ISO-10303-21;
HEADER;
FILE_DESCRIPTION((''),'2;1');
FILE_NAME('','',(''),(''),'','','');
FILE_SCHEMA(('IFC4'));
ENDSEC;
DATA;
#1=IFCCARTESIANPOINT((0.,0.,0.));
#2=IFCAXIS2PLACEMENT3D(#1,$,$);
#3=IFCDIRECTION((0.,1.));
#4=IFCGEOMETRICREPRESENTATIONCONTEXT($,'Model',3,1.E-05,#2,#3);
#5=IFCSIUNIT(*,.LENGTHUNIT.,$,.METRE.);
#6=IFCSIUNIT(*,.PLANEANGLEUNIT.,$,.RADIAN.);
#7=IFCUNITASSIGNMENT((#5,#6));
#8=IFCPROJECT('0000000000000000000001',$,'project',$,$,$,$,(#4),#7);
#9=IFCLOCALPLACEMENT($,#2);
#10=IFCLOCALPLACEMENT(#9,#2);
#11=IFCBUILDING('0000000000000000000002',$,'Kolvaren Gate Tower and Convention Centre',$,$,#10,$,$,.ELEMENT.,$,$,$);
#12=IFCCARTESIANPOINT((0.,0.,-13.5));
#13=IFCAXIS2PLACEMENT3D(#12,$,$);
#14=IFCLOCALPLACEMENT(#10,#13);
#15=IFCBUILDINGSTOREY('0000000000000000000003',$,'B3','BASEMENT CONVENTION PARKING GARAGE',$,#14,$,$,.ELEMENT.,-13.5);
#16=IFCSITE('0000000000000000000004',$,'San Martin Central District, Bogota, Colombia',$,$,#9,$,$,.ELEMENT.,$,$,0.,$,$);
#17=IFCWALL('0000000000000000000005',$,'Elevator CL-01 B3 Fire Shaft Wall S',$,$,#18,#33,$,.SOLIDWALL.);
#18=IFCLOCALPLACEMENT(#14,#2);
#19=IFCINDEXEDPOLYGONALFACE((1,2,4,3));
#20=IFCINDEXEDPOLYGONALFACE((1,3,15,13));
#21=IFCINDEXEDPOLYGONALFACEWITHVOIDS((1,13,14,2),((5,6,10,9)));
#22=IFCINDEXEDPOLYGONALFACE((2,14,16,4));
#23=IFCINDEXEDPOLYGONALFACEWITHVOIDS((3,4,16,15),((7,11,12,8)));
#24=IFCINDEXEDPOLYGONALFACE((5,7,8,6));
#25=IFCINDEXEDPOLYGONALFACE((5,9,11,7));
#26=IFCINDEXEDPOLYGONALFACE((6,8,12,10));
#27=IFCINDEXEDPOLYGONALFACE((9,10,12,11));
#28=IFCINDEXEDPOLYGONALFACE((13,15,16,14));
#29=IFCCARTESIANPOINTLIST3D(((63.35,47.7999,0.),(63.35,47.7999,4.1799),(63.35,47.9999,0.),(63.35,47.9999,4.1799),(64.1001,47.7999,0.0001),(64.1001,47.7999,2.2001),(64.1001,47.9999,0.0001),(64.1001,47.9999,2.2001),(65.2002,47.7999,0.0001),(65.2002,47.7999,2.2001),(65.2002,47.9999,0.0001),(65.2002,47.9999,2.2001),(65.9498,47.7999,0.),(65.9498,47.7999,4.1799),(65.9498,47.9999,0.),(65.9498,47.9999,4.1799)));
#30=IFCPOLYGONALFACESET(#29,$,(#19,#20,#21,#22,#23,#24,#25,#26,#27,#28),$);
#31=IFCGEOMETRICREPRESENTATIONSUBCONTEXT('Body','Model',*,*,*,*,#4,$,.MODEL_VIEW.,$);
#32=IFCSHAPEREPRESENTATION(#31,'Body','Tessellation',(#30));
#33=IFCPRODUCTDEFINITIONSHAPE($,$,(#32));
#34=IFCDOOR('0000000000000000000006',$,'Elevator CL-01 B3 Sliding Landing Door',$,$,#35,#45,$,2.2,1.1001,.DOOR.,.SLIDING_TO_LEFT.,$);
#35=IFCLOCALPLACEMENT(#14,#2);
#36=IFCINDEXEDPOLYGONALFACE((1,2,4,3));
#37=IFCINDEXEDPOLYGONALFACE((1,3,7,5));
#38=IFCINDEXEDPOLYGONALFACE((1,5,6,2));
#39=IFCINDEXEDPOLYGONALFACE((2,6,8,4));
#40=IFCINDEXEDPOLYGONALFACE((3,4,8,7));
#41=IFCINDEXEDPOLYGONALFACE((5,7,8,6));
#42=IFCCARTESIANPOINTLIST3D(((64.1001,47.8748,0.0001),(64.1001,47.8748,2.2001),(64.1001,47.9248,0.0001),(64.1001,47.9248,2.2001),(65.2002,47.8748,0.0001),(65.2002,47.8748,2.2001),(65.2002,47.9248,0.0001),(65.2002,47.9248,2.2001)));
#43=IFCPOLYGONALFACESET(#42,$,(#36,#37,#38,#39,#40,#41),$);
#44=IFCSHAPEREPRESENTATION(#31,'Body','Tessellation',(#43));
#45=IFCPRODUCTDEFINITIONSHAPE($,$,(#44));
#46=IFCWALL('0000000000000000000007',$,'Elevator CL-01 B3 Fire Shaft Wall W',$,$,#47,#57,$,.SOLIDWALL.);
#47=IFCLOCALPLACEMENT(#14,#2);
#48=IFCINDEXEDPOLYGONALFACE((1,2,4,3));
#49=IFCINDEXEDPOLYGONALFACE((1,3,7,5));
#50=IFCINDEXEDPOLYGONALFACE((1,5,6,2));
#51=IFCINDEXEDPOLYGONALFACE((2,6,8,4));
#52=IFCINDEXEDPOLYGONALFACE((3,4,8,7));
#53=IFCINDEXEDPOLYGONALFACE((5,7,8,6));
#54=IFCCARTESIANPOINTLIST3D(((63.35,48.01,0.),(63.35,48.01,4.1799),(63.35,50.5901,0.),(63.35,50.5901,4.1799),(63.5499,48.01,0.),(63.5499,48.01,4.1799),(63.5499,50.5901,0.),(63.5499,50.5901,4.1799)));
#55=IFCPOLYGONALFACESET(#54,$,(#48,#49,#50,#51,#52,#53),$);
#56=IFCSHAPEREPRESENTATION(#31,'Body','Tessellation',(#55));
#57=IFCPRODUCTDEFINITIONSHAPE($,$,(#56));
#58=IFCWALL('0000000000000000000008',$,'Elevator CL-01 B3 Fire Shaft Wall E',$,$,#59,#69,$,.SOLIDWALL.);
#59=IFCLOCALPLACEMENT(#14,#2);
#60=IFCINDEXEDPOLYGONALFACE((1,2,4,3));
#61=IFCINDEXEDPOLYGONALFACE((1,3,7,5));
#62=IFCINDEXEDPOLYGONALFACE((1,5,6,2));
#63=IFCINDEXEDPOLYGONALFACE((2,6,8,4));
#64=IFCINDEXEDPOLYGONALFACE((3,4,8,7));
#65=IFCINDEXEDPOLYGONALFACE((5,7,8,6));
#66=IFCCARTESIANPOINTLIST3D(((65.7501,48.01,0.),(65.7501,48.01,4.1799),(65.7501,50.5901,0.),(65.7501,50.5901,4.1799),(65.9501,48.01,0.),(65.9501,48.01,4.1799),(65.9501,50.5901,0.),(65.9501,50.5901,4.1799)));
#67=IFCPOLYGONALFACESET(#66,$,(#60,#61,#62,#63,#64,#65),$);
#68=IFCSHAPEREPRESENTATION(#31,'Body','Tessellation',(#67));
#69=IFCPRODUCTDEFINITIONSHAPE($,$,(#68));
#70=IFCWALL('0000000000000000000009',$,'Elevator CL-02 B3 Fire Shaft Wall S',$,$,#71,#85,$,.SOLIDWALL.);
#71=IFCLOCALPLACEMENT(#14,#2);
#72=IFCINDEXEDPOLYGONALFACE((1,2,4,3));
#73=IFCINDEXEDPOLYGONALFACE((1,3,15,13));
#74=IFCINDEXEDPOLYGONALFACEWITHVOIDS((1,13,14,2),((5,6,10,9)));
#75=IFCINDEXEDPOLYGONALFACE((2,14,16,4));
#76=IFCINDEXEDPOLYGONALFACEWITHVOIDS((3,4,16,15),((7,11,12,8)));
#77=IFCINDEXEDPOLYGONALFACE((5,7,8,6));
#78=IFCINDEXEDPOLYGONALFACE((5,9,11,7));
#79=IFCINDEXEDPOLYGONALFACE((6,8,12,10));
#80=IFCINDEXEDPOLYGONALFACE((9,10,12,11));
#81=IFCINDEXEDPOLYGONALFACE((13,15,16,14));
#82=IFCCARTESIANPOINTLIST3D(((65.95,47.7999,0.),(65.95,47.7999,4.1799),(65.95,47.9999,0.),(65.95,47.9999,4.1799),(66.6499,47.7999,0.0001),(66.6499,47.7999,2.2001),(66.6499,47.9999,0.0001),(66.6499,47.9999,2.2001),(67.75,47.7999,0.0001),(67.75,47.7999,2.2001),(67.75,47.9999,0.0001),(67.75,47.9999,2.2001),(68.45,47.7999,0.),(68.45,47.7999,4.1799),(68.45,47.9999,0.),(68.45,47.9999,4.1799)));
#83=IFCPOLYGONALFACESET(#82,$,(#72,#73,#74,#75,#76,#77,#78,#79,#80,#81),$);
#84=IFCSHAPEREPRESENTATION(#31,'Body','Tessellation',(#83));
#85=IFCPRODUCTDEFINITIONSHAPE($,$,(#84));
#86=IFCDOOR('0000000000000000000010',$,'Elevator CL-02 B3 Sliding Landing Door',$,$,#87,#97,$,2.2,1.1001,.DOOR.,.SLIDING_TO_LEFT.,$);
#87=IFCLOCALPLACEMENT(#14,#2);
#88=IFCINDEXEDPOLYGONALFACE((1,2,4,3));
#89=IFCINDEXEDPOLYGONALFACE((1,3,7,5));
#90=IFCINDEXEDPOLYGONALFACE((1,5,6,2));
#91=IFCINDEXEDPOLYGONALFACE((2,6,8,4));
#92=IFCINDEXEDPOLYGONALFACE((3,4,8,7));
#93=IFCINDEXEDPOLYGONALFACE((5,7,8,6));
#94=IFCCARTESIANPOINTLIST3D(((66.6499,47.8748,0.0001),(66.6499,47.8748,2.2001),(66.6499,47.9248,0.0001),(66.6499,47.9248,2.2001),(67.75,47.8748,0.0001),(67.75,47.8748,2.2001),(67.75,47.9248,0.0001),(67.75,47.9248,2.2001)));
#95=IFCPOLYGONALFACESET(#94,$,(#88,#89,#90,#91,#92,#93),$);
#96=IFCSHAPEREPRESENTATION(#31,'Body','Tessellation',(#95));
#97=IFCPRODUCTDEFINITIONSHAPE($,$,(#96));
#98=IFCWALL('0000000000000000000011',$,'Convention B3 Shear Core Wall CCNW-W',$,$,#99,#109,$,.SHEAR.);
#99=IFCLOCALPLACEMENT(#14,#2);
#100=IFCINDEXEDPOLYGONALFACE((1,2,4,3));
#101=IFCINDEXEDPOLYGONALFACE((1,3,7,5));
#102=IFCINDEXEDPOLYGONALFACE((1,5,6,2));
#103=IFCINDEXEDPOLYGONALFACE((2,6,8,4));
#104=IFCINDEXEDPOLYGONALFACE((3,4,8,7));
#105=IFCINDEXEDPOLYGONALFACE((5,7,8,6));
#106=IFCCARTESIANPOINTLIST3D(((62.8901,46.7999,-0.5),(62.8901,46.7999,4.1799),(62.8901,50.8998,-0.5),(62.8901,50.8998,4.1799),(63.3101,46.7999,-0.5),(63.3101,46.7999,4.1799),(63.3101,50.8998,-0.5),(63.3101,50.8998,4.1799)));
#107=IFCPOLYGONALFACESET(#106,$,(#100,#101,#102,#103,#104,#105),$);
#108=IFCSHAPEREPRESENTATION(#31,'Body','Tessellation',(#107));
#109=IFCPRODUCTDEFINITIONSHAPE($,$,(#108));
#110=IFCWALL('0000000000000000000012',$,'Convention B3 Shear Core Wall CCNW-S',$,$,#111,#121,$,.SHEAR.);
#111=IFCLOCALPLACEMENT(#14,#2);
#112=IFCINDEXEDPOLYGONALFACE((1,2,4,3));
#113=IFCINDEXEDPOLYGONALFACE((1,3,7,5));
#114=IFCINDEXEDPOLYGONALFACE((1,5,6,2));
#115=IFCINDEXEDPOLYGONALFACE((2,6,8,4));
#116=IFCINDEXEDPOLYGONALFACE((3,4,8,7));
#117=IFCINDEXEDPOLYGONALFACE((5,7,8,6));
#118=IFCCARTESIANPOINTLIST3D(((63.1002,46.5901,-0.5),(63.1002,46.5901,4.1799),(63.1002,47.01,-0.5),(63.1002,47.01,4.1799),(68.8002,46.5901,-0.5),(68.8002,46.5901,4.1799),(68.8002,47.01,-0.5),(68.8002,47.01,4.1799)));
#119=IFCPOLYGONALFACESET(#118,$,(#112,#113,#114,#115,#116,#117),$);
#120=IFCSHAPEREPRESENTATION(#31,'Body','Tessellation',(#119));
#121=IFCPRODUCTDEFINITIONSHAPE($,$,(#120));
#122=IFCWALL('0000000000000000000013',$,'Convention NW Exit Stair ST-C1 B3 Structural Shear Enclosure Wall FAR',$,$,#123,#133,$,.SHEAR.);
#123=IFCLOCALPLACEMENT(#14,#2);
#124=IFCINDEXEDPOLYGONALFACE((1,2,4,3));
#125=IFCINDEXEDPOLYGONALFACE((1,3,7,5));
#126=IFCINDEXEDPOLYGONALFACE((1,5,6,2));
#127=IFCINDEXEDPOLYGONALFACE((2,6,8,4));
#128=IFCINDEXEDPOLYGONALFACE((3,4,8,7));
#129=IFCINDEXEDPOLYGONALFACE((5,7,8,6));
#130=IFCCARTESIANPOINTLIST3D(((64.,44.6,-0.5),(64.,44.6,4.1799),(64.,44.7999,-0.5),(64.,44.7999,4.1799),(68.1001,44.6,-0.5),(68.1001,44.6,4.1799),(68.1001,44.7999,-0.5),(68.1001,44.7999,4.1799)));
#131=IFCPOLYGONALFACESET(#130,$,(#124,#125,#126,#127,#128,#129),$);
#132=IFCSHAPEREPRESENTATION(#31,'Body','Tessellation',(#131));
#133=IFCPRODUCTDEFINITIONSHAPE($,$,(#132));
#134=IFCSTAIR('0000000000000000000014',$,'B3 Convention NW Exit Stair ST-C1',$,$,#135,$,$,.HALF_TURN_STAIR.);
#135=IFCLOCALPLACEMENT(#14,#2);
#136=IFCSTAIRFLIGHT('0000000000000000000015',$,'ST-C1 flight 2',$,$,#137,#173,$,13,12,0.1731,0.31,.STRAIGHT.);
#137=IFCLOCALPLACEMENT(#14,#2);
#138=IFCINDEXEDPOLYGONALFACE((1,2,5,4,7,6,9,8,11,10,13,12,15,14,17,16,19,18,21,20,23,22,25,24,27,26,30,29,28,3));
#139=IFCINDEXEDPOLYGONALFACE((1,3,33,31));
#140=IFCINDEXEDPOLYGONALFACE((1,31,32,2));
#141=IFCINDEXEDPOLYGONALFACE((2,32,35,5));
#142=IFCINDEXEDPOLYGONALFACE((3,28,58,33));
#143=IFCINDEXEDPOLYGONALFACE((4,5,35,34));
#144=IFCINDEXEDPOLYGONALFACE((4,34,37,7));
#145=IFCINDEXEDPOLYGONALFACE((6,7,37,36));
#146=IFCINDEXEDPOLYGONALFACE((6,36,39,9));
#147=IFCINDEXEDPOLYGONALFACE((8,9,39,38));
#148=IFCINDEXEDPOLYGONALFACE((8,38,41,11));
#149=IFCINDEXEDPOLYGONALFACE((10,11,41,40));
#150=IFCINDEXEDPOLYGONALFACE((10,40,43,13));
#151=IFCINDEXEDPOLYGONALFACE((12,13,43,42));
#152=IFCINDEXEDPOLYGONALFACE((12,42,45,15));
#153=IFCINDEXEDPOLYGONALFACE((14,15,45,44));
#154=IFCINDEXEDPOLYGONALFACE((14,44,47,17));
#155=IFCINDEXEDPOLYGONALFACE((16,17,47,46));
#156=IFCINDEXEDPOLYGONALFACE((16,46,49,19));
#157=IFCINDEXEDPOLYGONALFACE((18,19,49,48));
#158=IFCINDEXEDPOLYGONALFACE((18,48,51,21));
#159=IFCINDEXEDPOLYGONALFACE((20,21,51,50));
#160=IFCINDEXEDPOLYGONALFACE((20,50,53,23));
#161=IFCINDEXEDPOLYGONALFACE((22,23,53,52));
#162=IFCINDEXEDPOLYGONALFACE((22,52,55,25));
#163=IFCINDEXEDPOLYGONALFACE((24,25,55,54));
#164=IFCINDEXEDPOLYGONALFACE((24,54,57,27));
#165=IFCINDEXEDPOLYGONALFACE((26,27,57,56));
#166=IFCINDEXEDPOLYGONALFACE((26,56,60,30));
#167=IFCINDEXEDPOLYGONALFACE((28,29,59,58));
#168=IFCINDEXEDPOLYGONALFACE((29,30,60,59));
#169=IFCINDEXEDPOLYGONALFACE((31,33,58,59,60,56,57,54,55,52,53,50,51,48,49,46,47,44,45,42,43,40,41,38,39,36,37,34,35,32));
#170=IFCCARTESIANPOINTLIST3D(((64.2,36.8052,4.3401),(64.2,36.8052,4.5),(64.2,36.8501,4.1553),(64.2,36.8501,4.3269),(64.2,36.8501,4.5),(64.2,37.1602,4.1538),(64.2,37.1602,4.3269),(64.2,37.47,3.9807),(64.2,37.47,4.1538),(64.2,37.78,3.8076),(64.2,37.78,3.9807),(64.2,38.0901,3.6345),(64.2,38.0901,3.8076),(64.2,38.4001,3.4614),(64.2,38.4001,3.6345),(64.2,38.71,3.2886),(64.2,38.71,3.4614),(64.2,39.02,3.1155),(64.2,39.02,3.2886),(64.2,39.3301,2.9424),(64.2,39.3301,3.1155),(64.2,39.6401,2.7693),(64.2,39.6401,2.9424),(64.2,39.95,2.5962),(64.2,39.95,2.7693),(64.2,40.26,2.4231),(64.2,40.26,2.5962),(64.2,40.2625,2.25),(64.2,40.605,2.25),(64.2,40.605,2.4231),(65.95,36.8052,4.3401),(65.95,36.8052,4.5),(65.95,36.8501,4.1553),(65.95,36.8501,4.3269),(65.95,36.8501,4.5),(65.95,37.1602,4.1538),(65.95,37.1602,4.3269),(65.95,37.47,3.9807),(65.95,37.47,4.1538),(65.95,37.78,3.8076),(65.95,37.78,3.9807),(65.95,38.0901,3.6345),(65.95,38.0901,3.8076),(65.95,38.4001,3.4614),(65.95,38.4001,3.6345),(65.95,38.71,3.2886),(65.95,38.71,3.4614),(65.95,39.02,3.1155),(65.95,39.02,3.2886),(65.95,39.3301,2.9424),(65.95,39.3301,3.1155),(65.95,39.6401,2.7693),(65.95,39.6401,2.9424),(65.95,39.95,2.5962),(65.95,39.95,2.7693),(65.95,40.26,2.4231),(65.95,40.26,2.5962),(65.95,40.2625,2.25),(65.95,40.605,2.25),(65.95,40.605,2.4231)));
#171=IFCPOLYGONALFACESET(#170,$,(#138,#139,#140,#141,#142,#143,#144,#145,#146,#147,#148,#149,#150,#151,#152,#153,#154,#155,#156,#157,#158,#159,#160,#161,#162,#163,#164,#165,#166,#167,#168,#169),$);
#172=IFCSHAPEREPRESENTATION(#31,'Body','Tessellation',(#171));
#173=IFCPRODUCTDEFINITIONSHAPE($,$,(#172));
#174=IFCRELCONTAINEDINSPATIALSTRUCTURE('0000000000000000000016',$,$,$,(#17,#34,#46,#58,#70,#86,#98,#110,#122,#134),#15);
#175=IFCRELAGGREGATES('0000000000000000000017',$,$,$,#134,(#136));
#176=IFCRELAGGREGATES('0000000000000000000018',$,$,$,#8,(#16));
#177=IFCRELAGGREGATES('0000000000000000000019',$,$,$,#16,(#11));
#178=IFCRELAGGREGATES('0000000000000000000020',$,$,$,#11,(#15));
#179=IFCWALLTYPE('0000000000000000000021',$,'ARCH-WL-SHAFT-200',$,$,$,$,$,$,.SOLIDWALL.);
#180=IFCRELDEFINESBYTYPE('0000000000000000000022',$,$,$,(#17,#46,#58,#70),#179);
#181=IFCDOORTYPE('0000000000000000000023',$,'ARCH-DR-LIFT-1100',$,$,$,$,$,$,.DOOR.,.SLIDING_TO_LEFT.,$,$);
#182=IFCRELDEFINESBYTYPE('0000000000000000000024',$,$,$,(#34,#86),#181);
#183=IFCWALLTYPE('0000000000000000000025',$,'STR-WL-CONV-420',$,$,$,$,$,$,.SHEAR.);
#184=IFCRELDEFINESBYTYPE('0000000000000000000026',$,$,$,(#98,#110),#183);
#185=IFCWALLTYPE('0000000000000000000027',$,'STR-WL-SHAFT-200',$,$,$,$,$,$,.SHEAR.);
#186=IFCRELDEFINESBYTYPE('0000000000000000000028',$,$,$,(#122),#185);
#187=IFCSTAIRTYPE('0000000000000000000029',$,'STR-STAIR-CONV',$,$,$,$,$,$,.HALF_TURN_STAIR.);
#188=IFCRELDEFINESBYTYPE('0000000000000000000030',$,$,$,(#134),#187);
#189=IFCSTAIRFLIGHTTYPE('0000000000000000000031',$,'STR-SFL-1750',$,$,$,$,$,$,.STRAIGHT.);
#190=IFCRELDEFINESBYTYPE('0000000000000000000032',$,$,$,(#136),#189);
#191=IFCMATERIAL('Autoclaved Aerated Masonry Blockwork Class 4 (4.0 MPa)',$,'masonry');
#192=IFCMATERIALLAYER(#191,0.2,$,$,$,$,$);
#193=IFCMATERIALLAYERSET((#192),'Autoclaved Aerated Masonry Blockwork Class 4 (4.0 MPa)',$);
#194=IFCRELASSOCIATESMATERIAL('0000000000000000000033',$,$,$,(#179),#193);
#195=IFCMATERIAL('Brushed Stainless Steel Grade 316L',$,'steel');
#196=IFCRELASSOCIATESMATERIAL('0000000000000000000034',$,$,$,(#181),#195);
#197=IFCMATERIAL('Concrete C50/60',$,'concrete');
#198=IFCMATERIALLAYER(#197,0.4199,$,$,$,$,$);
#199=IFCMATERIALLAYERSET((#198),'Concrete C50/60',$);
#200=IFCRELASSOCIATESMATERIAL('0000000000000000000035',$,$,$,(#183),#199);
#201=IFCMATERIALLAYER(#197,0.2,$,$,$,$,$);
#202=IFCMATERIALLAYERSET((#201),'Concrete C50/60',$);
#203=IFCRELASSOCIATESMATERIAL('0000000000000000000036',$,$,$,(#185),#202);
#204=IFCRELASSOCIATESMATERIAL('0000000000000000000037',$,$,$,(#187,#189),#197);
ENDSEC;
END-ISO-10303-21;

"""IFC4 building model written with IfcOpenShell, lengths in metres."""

from ifc_helpers import new_model, si_unit, direction, frame, frame_2d, origin, place, context, subcontext, project, spatial, polyline, rectangle, outline, extrude, material, layer, layer_set, type_object, element, fill, aggregate, save


model = new_model("IFC4")

# Units and contexts
model_context = context("Model", 3, precision=1e-05, world=origin(), true_north=direction((0.0, 1.0)))
body_context = subcontext(model_context, "Body", "Model", "MODEL_VIEW")
ifc_project = project(units=[si_unit("LENGTHUNIT", "METRE"), si_unit("PLANEANGLEUNIT", "RADIAN")], contexts=[model_context])

# Site, building, storey
site_placement = place(None, origin())
site = spatial("IfcSite", under=ifc_project, at=site_placement, Name="San Martin Central District, Bogota, Colombia", CompositionType="ELEMENT", RefElevation=0.0)
building_placement = place(site_placement, origin())
building = spatial("IfcBuilding", under=site, at=building_placement, Name="Kolvaren Gate Tower and Convention Centre", CompositionType="ELEMENT")
storey_placement = place(building_placement, frame((0.0, 0.0, -13.5)))
storey = spatial("IfcBuildingStorey", under=building, at=storey_placement, Name="B3", Description="BASEMENT CONVENTION PARKING GARAGE", CompositionType="ELEMENT", Elevation=-13.5)

# Shared definitions
ifc_material_1 = material(Name="Concrete C50/60", Category="concrete")

# Shared definitions
ifc_material_2 = material(Name="Autoclaved Aerated Masonry Blockwork Class 4 (4.0 MPa)", Category="masonry")
ifc_layer_1 = layer(ifc_material_2, 0.2)
ifc_layer_set_1 = layer_set([ifc_layer_1], Name="Autoclaved Aerated Masonry Blockwork Class 4 (4.0 MPa)")
wall_type_1 = type_object("IfcWallType", Name="ARCH-WL-SHAFT-200", PredefinedType="SOLIDWALL", material=ifc_layer_set_1)

# Wall, opening, door
wall_1_placement = place(storey_placement, frame((63.3501, 47.8999, 0.0), z_axis=(0.0, 0.0, 1.0), x_axis=(1.0, 0.0, 0.0)))
wall_1 = element("IfcWall", 1, at=wall_1_placement, inside=storey, type_object=wall_type_1, Name="Elevator CL-01 B3 Fire Shaft Wall S", PredefinedType="SOLIDWALL", context=body_context, shape_type="SweptSolid", body=[
    extrude(rectangle(XDim=2.5999, YDim=0.2, at=frame_2d((1.2998, 0.0))), origin(), (0.0, 0.0, 1.0), 4.1799),
])
opening_1_placement = place(wall_1_placement, frame((0.75, 0.0, 0.0)))
opening_1 = element("IfcOpeningElement", 2, at=opening_1_placement, cuts=wall_1, PredefinedType="OPENING", context=body_context, shape_type="SweptSolid", body=[
    extrude(rectangle(XDim=1.1001, YDim=2.2, at=frame_2d((0.55, 1.1001))), frame((0.0, 0.1099, 0.0), z_axis=(0.0, -1.0, 0.0), x_axis=(1.0, 0.0, 0.0)), (0.0, 0.0, 1.0), 0.22),
])
ifc_material_3 = material(Name="Brushed Stainless Steel Grade 316L", Category="steel")
door_type = type_object("IfcDoorType", Name="ARCH-DR-LIFT-1100", OperationType="SLIDING_TO_LEFT", PredefinedType="DOOR", material=ifc_material_3)
door_1_placement = place(opening_1_placement, origin())
door_1 = element("IfcDoor", 3, at=door_1_placement, inside=storey, type_object=door_type, Name="Elevator CL-01 B3 Sliding Landing Door", OperationType="SLIDING_TO_LEFT", OverallHeight=2.2, OverallWidth=1.1001, PredefinedType="DOOR", context=body_context, shape_type="SweptSolid", body=[
    extrude(rectangle(XDim=1.1001, YDim=2.2, at=frame_2d((0.55, 1.1001))), frame((0.0, 0.0249, 0.0), z_axis=(0.0, -1.0, 0.0), x_axis=(1.0, 0.0, 0.0)), (0.0, 0.0, 1.0), 0.05),
])
fill(opening_1, door_1)

# Walls
for number, where, z_axis, x_axis, name in (
    (4, (63.45, 48.01, 0.0), (0.0, 0.0, 1.0), (0.0, 1.0, 0.0), "Elevator CL-01 B3 Fire Shaft Wall W"),
    (5, (65.8501, 48.01, 0.0), (0.0, 0.0, 1.0), (0.0, 1.0, 0.0), "Elevator CL-01 B3 Fire Shaft Wall E"),
):
    element("IfcWall", number, at=place(storey_placement, frame(where, z_axis=z_axis, x_axis=x_axis)), inside=storey, type_object=wall_type_1, Name=name, PredefinedType="SOLIDWALL", context=body_context, shape_type="SweptSolid", body=[
        extrude(rectangle(XDim=2.5801, YDim=0.2, at=frame_2d((1.29, 0.0))), origin(), (0.0, 0.0, 1.0), 4.1799),
    ])

# Wall, opening, door
wall_2_placement = place(storey_placement, frame((65.95, 47.8999, 0.0), z_axis=(0.0, 0.0, 1.0), x_axis=(1.0, 0.0, 0.0)))
wall_2 = element("IfcWall", 6, at=wall_2_placement, inside=storey, type_object=wall_type_1, Name="Elevator CL-02 B3 Fire Shaft Wall S", PredefinedType="SOLIDWALL", context=body_context, shape_type="SweptSolid", body=[
    extrude(rectangle(XDim=2.5, YDim=0.2, at=frame_2d((1.25, 0.0))), origin(), (0.0, 0.0, 1.0), 4.1799),
])
opening_2_placement = place(wall_2_placement, frame((0.7, 0.0, 0.0)))
opening_2 = element("IfcOpeningElement", 7, at=opening_2_placement, cuts=wall_2, PredefinedType="OPENING", context=body_context, shape_type="SweptSolid", body=[
    extrude(rectangle(XDim=1.1001, YDim=2.2, at=frame_2d((0.55, 1.1001))), frame((0.0, 0.1099, 0.0), z_axis=(0.0, -1.0, 0.0), x_axis=(1.0, 0.0, 0.0)), (0.0, 0.0, 1.0), 0.22),
])
door_2_placement = place(opening_2_placement, origin())
door_2 = element("IfcDoor", 8, at=door_2_placement, inside=storey, type_object=door_type, Name="Elevator CL-02 B3 Sliding Landing Door", OperationType="SLIDING_TO_LEFT", OverallHeight=2.2, OverallWidth=1.1001, PredefinedType="DOOR", context=body_context, shape_type="SweptSolid", body=[
    extrude(rectangle(XDim=1.1001, YDim=2.2, at=frame_2d((0.55, 1.1001))), frame((0.0, 0.0249, 0.0), z_axis=(0.0, -1.0, 0.0), x_axis=(1.0, 0.0, 0.0)), (0.0, 0.0, 1.0), 0.05),
])
fill(opening_2, door_2)

# Walls
ifc_layer_2 = layer(ifc_material_1, 0.4199)
ifc_layer_set_2 = layer_set([ifc_layer_2], Name="Concrete C50/60")
wall_type_2 = type_object("IfcWallType", Name="STR-WL-CONV-420", PredefinedType="SHEAR", material=ifc_layer_set_2)
wall_3_placement = place(storey_placement, frame((63.1001, 46.8, -0.5), z_axis=(0.0, 0.0, 1.0), x_axis=(0.0, 1.0, 0.0)))
element("IfcWall", 9, at=wall_3_placement, inside=storey, type_object=wall_type_2, Name="Convention B3 Shear Core Wall CCNW-W", PredefinedType="SHEAR", context=body_context, shape_type="SweptSolid", body=[
    extrude(rectangle(XDim=4.0999, YDim=0.4199, at=frame_2d((2.0498, 0.0))), origin(), (0.0, 0.0, 1.0), 4.6799),
])
wall_4_placement = place(storey_placement, frame((63.1001, 46.8, -0.5), z_axis=(0.0, 0.0, 1.0), x_axis=(1.0, 0.0, 0.0)))
element("IfcWall", 10, at=wall_4_placement, inside=storey, type_object=wall_type_2, Name="Convention B3 Shear Core Wall CCNW-S", PredefinedType="SHEAR", context=body_context, shape_type="SweptSolid", body=[
    extrude(rectangle(XDim=5.7, YDim=0.4199, at=frame_2d((2.8501, 0.0))), origin(), (0.0, 0.0, 1.0), 4.6799),
])
ifc_layer_3 = layer(ifc_material_1, 0.2)
ifc_layer_set_3 = layer_set([ifc_layer_3], Name="Concrete C50/60")
wall_type_3 = type_object("IfcWallType", Name="STR-WL-SHAFT-200", PredefinedType="SHEAR", material=ifc_layer_set_3)
wall_5_placement = place(storey_placement, frame((64.0, 44.7, -0.5), z_axis=(0.0, 0.0, 1.0), x_axis=(1.0, 0.0, 0.0)))
element("IfcWall", 11, at=wall_5_placement, inside=storey, type_object=wall_type_3, Name="Convention NW Exit Stair ST-C1 B3 Structural Shear Enclosure Wall FAR", PredefinedType="SHEAR", context=body_context, shape_type="SweptSolid", body=[
    extrude(rectangle(XDim=4.1001, YDim=0.2, at=frame_2d((2.05, 0.0))), origin(), (0.0, 0.0, 1.0), 4.6799),
])

# Stair, stair flight
stair_type = type_object("IfcStairType", Name="STR-STAIR-CONV", PredefinedType="HALF_TURN_STAIR", material=ifc_material_1)
stair_placement = place(storey_placement, origin())
stair = element("IfcStair", 12, at=stair_placement, inside=storey, type_object=stair_type, Name="B3 Convention NW Exit Stair ST-C1", PredefinedType="HALF_TURN_STAIR")
stair_flight_type = type_object("IfcStairFlightType", Name="STR-SFL-1750", PredefinedType="STRAIGHT", material=ifc_material_1)
stair_flight_placement = place(storey_placement, frame((65.075, 40.5701, 2.25), z_axis=(0.0, 0.0, 1.0), x_axis=(0.0, -1.0, 0.0)))
stair_flight = element("IfcStairFlight", 13, at=stair_flight_placement, type_object=stair_flight_type, Name="ST-C1 flight 2", NumberOfRisers=13, NumberOfTreads=12, PredefinedType="STRAIGHT", RiserHeight=0.1731, TreadLength=0.31, context=body_context, shape_type="SweptSolid", body=[
    extrude(outline(polyline([(-0.0349, 0.0), (-0.0349, 0.1731), (0.3101, 0.1731), (0.3101, 0.3462), (0.6201, 0.3462), (0.6201, 0.5193), (0.9299, 0.5193), (0.9299, 0.6924), (1.24, 0.6924), (1.24, 0.8655), (1.55, 0.8655), (1.55, 1.0386), (1.8601, 1.0386), (1.8601, 1.2114), (2.1699, 1.2114), (2.1699, 1.3845), (2.48, 1.3845), (2.48, 1.5576), (2.79, 1.5576), (2.79, 1.7307), (3.1001, 1.7307), (3.1001, 1.9038), (3.4099, 1.9038), (3.4099, 2.0769), (3.72, 2.0769), (3.72, 2.25), (3.7649, 2.25), (3.7649, 2.0901), (3.72, 1.9053), (0.3076, 0.0), (-0.0349, 0.0)])), frame((0.0, 0.875, 0.0), z_axis=(0.0, -1.0, 0.0), x_axis=(1.0, 0.0, 0.0)), (0.0, 0.0, 1.0), 1.75),
])
aggregate(stair, [stair_flight])

save(model, "model.ifc")
